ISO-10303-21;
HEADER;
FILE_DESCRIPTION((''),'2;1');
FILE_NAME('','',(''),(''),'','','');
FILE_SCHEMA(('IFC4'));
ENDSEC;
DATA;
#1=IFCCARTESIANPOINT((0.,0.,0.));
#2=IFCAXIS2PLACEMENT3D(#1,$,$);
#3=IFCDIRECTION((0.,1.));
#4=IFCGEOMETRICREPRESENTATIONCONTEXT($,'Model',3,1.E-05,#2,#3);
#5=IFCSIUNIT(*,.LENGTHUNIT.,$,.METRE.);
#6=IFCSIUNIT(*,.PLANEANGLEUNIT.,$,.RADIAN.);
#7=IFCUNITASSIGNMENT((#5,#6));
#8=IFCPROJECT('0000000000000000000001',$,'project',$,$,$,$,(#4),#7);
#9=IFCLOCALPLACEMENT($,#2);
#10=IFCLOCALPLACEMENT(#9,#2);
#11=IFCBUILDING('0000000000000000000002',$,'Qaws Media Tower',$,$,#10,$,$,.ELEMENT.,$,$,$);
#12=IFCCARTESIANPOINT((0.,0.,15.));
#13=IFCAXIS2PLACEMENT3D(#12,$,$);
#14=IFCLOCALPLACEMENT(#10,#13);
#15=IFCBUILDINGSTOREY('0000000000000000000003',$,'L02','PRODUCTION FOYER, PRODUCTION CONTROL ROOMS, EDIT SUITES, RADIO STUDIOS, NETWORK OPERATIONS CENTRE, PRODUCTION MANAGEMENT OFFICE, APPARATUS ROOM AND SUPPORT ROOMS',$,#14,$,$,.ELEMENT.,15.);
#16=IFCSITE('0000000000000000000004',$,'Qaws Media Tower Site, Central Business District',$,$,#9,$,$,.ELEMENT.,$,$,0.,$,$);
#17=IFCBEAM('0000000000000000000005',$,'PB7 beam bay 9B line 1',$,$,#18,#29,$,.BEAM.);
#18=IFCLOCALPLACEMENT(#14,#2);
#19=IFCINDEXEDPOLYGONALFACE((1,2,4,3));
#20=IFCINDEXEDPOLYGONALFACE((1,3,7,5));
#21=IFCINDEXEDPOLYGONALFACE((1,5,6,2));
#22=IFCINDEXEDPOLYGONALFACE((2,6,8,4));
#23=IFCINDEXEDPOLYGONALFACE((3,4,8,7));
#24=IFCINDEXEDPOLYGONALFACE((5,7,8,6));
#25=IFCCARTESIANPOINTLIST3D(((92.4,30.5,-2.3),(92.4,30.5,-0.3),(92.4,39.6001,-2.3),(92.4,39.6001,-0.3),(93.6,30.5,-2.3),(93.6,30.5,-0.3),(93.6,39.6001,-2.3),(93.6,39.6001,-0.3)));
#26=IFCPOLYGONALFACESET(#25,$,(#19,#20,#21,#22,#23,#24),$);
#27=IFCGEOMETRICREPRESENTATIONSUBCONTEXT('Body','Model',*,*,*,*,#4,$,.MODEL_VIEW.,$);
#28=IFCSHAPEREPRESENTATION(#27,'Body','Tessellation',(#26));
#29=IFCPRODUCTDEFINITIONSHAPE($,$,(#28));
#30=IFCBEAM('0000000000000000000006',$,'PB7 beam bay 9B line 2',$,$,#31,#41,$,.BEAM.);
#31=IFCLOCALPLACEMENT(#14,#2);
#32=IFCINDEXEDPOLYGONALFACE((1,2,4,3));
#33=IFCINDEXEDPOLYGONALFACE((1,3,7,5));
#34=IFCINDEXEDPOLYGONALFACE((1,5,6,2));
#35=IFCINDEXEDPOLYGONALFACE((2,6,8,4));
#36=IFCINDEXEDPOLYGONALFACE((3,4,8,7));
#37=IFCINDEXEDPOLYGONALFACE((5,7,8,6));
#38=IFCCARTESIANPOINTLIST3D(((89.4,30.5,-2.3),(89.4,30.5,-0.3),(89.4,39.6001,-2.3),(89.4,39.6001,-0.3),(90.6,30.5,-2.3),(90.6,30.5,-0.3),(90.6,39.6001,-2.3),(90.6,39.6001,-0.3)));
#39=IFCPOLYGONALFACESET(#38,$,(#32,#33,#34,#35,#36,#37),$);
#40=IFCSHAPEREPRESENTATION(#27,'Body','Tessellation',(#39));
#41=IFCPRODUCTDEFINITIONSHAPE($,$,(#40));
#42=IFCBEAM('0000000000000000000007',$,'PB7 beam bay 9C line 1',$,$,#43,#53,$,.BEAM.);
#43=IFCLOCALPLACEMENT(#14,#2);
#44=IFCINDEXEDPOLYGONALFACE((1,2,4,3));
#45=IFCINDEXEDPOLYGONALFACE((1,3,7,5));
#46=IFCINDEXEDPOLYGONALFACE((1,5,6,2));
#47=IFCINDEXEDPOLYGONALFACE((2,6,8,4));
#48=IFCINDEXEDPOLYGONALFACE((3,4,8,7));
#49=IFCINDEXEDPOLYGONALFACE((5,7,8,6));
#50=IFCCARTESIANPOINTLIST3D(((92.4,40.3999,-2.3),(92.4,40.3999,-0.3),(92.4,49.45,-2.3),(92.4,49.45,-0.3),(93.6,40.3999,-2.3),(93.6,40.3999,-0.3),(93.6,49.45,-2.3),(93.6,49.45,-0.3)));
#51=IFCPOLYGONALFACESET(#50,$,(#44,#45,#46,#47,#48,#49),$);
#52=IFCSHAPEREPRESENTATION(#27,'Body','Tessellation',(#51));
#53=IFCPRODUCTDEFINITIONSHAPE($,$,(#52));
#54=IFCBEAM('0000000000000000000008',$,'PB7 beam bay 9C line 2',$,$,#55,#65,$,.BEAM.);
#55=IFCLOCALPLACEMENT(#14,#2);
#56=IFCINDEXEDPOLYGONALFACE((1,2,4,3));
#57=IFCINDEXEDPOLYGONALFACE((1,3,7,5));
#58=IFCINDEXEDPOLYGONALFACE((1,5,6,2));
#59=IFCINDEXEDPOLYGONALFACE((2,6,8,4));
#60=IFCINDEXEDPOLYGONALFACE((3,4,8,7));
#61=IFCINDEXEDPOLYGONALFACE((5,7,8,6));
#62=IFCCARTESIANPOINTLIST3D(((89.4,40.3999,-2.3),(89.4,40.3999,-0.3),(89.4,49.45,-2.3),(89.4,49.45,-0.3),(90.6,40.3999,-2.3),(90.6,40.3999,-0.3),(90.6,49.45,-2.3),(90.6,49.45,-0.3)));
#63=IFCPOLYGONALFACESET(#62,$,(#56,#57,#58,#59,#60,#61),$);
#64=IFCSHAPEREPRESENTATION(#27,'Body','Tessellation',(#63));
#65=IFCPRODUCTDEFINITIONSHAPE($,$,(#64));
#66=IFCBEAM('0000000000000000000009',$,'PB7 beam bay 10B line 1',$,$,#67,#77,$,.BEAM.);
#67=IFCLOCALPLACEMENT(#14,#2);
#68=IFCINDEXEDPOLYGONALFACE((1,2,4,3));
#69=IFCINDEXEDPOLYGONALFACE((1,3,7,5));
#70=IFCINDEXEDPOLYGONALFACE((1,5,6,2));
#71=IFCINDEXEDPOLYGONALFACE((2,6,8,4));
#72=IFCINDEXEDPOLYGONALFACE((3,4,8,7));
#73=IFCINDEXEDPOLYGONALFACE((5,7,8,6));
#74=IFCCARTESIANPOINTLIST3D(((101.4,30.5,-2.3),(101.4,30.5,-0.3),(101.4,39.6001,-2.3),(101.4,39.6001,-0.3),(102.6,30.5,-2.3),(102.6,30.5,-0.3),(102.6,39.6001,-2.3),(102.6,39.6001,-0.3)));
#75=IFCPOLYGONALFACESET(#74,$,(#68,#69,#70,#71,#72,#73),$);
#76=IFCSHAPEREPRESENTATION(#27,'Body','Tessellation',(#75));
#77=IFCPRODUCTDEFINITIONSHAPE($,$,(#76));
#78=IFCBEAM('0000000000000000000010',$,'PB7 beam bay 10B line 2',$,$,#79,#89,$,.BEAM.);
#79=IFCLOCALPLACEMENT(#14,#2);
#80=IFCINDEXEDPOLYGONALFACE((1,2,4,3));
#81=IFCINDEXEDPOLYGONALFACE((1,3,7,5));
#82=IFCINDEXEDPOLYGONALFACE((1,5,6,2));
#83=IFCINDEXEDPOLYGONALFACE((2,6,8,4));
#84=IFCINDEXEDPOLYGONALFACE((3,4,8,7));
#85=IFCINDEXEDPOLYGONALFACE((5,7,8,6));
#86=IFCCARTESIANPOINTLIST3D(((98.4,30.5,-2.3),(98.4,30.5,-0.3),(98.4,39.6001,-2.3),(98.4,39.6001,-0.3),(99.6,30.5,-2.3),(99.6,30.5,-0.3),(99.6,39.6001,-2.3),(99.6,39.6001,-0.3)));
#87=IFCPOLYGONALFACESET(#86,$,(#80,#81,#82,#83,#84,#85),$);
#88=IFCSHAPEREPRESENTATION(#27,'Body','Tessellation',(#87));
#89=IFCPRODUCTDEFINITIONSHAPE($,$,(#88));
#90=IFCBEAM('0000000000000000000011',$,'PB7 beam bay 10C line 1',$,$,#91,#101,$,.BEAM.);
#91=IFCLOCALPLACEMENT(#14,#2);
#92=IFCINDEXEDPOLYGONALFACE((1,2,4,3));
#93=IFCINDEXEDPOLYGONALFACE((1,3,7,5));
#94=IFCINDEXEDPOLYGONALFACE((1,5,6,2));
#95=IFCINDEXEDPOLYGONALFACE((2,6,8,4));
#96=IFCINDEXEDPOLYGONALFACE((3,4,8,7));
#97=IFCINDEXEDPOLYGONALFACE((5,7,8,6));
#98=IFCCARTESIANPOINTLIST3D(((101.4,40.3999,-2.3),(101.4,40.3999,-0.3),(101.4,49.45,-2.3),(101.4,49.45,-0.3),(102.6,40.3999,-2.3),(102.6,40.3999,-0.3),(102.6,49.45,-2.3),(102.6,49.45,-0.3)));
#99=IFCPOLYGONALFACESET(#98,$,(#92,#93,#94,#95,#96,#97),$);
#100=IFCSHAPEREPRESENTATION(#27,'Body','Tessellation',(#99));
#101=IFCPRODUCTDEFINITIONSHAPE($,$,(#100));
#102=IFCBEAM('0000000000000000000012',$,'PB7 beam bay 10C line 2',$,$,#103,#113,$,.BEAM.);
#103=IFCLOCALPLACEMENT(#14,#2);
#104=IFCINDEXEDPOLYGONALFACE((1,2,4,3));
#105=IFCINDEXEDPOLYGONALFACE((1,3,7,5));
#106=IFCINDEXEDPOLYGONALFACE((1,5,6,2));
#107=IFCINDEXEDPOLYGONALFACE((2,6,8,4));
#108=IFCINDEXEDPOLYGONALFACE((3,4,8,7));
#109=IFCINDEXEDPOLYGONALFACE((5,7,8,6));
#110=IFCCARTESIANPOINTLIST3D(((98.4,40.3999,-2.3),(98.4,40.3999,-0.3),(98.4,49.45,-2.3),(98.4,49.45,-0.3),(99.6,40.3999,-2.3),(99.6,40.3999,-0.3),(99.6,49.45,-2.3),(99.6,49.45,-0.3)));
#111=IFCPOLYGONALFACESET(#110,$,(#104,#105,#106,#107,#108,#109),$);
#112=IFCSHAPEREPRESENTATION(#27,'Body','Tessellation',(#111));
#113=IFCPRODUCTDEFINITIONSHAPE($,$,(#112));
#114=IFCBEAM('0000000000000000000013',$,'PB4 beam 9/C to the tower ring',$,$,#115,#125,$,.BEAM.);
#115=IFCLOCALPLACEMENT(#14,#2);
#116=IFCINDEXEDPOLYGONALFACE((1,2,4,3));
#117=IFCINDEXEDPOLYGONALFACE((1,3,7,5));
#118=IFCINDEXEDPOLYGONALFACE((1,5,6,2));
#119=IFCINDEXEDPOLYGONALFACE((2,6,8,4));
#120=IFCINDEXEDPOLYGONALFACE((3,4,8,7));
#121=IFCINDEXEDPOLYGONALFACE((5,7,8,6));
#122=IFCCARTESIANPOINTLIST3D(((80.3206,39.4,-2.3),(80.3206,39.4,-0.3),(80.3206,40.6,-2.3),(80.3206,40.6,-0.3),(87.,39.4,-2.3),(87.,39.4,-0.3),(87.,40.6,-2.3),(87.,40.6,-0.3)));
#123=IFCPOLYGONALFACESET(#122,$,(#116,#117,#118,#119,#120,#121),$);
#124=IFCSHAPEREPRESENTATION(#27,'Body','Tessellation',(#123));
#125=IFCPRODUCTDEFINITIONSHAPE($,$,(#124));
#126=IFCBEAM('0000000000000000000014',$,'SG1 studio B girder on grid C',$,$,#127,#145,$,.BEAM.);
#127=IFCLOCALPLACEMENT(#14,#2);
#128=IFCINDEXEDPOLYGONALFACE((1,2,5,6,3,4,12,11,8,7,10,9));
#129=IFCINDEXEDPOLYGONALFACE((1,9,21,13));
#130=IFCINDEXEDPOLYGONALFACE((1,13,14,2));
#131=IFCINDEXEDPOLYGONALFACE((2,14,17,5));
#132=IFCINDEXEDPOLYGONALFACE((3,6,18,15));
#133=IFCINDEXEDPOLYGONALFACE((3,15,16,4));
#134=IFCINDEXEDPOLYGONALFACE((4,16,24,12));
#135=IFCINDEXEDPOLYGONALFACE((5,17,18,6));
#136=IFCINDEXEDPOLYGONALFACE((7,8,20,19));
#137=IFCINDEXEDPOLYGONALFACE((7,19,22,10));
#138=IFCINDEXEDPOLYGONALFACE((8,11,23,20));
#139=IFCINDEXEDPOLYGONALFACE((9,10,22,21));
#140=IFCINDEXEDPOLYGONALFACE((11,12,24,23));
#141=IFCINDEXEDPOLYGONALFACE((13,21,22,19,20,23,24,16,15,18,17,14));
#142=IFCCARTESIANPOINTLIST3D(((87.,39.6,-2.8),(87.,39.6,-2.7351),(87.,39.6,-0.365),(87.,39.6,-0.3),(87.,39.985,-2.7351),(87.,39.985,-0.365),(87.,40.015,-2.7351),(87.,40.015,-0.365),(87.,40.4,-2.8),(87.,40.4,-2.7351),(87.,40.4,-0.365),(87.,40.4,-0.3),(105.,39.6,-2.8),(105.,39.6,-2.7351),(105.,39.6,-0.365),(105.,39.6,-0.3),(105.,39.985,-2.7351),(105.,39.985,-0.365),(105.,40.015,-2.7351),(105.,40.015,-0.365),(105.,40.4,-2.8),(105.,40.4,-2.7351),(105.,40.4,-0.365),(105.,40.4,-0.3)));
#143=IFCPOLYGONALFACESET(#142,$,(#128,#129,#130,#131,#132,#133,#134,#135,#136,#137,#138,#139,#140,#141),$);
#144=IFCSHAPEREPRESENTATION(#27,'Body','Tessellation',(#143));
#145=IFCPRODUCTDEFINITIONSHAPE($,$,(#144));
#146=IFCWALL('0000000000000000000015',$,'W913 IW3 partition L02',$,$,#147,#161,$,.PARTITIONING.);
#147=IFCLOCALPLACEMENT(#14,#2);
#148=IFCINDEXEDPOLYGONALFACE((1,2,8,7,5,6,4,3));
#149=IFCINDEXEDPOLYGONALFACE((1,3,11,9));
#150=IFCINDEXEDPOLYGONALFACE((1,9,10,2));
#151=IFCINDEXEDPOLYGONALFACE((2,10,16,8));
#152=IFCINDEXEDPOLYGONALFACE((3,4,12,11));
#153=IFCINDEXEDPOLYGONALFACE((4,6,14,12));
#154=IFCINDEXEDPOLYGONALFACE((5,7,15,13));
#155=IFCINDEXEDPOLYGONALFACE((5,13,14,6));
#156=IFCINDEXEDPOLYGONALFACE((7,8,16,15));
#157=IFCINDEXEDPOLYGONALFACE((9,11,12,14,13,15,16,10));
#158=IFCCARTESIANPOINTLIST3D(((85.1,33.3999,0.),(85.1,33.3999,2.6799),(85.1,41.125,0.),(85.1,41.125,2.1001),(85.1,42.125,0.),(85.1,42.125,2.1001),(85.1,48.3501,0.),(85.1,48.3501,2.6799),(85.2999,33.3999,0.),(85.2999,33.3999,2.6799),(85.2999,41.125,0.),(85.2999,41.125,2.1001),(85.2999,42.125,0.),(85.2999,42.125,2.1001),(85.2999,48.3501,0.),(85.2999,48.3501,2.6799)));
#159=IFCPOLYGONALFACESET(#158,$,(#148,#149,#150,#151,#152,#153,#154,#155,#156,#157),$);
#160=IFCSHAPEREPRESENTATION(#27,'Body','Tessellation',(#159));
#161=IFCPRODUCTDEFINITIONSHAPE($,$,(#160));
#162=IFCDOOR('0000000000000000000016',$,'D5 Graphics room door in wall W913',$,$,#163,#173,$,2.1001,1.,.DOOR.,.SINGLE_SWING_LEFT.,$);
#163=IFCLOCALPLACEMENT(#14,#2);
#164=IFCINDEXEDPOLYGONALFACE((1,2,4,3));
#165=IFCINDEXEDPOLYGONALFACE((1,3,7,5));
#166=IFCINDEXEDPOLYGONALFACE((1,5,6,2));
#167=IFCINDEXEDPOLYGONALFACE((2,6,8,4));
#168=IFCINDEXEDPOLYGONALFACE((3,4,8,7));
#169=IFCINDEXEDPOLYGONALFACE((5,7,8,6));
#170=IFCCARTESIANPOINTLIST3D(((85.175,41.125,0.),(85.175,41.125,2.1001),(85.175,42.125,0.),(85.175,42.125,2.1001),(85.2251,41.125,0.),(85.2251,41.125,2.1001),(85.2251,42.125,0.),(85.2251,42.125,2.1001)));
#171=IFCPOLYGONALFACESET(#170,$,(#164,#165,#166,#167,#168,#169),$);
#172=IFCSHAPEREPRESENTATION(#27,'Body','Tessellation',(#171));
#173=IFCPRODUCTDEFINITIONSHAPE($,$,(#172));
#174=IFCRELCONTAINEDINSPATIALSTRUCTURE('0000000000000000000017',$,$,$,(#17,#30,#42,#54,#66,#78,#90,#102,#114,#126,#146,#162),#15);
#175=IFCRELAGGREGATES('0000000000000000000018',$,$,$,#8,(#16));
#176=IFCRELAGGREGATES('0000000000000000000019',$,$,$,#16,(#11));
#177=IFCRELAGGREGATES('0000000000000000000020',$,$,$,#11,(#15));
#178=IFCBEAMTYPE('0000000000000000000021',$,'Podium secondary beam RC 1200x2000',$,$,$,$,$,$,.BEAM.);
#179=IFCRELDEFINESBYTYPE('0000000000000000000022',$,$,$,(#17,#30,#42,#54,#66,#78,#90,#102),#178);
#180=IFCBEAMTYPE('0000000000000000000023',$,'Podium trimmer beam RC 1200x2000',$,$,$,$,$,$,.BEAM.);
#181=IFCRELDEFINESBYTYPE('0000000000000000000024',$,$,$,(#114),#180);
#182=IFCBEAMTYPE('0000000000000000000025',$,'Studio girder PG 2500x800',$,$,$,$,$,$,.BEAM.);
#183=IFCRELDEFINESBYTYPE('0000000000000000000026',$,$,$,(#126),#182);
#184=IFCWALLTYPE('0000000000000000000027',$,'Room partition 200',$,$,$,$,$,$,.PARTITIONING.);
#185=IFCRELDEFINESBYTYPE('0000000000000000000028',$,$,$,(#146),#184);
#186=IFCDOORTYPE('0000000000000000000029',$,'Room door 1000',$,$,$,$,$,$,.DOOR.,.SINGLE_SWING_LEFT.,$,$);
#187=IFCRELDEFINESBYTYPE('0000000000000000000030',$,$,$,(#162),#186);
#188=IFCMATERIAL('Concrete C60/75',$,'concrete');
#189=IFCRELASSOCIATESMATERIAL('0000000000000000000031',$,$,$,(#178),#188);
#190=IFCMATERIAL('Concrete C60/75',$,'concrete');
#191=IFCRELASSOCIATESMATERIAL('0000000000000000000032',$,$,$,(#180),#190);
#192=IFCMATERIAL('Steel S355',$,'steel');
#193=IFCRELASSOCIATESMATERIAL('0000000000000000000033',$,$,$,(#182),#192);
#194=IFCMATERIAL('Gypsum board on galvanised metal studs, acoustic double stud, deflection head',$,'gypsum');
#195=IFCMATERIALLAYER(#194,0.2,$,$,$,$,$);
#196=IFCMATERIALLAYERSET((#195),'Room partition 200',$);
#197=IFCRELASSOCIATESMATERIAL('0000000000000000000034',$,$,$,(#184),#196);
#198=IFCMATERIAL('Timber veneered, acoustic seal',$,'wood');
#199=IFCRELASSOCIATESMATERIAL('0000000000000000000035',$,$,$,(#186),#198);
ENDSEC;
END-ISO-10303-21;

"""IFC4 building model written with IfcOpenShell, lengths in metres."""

from ifc_helpers import new_model, si_unit, direction, frame, frame_2d, origin, origin_2d, place, context, subcontext, project, spatial, rectangle, i_section, extrude, material, layer, layer_set, material_profile, profile_set, type_object, element, fill, save


model = new_model("IFC4")

# Units and contexts
model_context = context("Model", 3, precision=1e-05, world=origin(), true_north=direction((0.0, 1.0)))
body_context = subcontext(model_context, "Body", "Model", "MODEL_VIEW")
ifc_project = project(units=[si_unit("LENGTHUNIT", "METRE"), si_unit("PLANEANGLEUNIT", "RADIAN")], contexts=[model_context])

# Site, building, storey
site_placement = place(None, origin())
site = spatial("IfcSite", under=ifc_project, at=site_placement, Name="Qaws Media Tower Site, Central Business District", CompositionType="ELEMENT", RefElevation=0.0)
building_placement = place(site_placement, origin())
building = spatial("IfcBuilding", under=site, at=building_placement, Name="Qaws Media Tower", CompositionType="ELEMENT")
storey_placement = place(building_placement, frame((0.0, 0.0, 15.0)))
storey = spatial("IfcBuildingStorey", under=building, at=storey_placement, Name="L02", Description="PRODUCTION FOYER, PRODUCTION CONTROL ROOMS, EDIT SUITES, RADIO STUDIOS, NETWORK OPERATIONS CENTRE, PRODUCTION MANAGEMENT OFFICE, APPARATUS ROOM AND SUPPORT ROOMS", CompositionType="ELEMENT", Elevation=15.0)

# Beams
ifc_material_1 = material(Name="Concrete C60/75", Category="concrete")
ifc_material_profile_1 = material_profile(ifc_material_1, rectangle(XDim=1.2, YDim=2.0, at=origin_2d()), Name="RC 1200x2000")
ifc_profile_set_1 = profile_set([ifc_material_profile_1], Name="Concrete C60/75")
beam_type_1 = type_object("IfcBeamType", Name="Podium secondary beam RC 1200x2000", PredefinedType="BEAM", material=ifc_profile_set_1)
for number, where, z_axis, x_axis, name in (
    (1, (93.0, 30.5, -1.3), (0.0, 1.0, 0.0), (-1.0, 0.0, 0.0), "PB7 beam bay 9B line 1"),
    (2, (90.0, 30.5, -1.3), (0.0, 1.0, 0.0), (-1.0, 0.0, 0.0), "PB7 beam bay 9B line 2"),
):
    element("IfcBeam", number, at=place(storey_placement, frame(where, z_axis=z_axis, x_axis=x_axis)), inside=storey, type_object=beam_type_1, Name=name, PredefinedType="BEAM", context=body_context, shape_type="SweptSolid", body=[
        extrude(rectangle(XDim=1.2, YDim=2.0, at=origin_2d()), origin(), (0.0, 0.0, 1.0), 9.1001),
    ])
for number, where, z_axis, x_axis, name in (
    (3, (93.0, 40.3999, -1.3), (0.0, 1.0, 0.0), (-1.0, 0.0, 0.0), "PB7 beam bay 9C line 1"),
    (4, (90.0, 40.3999, -1.3), (0.0, 1.0, 0.0), (-1.0, 0.0, 0.0), "PB7 beam bay 9C line 2"),
):
    element("IfcBeam", number, at=place(storey_placement, frame(where, z_axis=z_axis, x_axis=x_axis)), inside=storey, type_object=beam_type_1, Name=name, PredefinedType="BEAM", context=body_context, shape_type="SweptSolid", body=[
        extrude(rectangle(XDim=1.2, YDim=2.0, at=origin_2d()), origin(), (0.0, 0.0, 1.0), 9.05),
    ])
for number, where, z_axis, x_axis, name in (
    (5, (102.0, 30.5, -1.3), (0.0, 1.0, 0.0), (-1.0, 0.0, 0.0), "PB7 beam bay 10B line 1"),
    (6, (99.0, 30.5, -1.3), (0.0, 1.0, 0.0), (-1.0, 0.0, 0.0), "PB7 beam bay 10B line 2"),
):
    element("IfcBeam", number, at=place(storey_placement, frame(where, z_axis=z_axis, x_axis=x_axis)), inside=storey, type_object=beam_type_1, Name=name, PredefinedType="BEAM", context=body_context, shape_type="SweptSolid", body=[
        extrude(rectangle(XDim=1.2, YDim=2.0, at=origin_2d()), origin(), (0.0, 0.0, 1.0), 9.1001),
    ])
for number, where, z_axis, x_axis, name in (
    (7, (102.0, 40.3999, -1.3), (0.0, 1.0, 0.0), (-1.0, 0.0, 0.0), "PB7 beam bay 10C line 1"),
    (8, (99.0, 40.3999, -1.3), (0.0, 1.0, 0.0), (-1.0, 0.0, 0.0), "PB7 beam bay 10C line 2"),
):
    element("IfcBeam", number, at=place(storey_placement, frame(where, z_axis=z_axis, x_axis=x_axis)), inside=storey, type_object=beam_type_1, Name=name, PredefinedType="BEAM", context=body_context, shape_type="SweptSolid", body=[
        extrude(rectangle(XDim=1.2, YDim=2.0, at=origin_2d()), origin(), (0.0, 0.0, 1.0), 9.05),
    ])
ifc_material_2 = material(Name="Concrete C60/75", Category="concrete")
ifc_material_profile_2 = material_profile(ifc_material_2, rectangle(XDim=1.2, YDim=2.0, at=origin_2d()), Name="RC 1200x2000")
ifc_profile_set_2 = profile_set([ifc_material_profile_2], Name="Concrete C60/75")
beam_type_2 = type_object("IfcBeamType", Name="Podium trimmer beam RC 1200x2000", PredefinedType="BEAM", material=ifc_profile_set_2)
beam_1_placement = place(storey_placement, frame((87.0, 40.0, -1.3), z_axis=(-1.0, 0.0, 0.0), x_axis=(0.0, -1.0, 0.0)))
element("IfcBeam", 9, at=beam_1_placement, inside=storey, type_object=beam_type_2, Name="PB4 beam 9/C to the tower ring", PredefinedType="BEAM", context=body_context, shape_type="SweptSolid", body=[
    extrude(rectangle(XDim=1.2, YDim=2.0, at=origin_2d()), origin(), (0.0, 0.0, 1.0), 6.6794),
])
ifc_material_3 = material(Name="Steel S355", Category="steel")
ifc_material_profile_3 = material_profile(ifc_material_3, i_section(OverallWidth=0.8, OverallDepth=2.5, WebThickness=0.03, FlangeThickness=0.0649, at=origin_2d()), Name="PG 2500x800")
ifc_profile_set_3 = profile_set([ifc_material_profile_3], Name="Steel S355")
beam_type_3 = type_object("IfcBeamType", Name="Studio girder PG 2500x800", PredefinedType="BEAM", material=ifc_profile_set_3)
beam_2_placement = place(storey_placement, frame((87.0, 40.0, -1.55), z_axis=(1.0, 0.0, 0.0), x_axis=(0.0, 1.0, 0.0)))
element("IfcBeam", 10, at=beam_2_placement, inside=storey, type_object=beam_type_3, Name="SG1 studio B girder on grid C", PredefinedType="BEAM", context=body_context, shape_type="SweptSolid", body=[
    extrude(i_section(OverallWidth=0.8, OverallDepth=2.5, WebThickness=0.03, FlangeThickness=0.0649, at=origin_2d()), origin(), (0.0, 0.0, 1.0), 18.0),
])

# Wall, opening, door
ifc_material_4 = material(Name="Gypsum board on galvanised metal studs, acoustic double stud, deflection head", Category="gypsum")
ifc_layer = layer(ifc_material_4, 0.2)
ifc_layer_set = layer_set([ifc_layer], Name="Room partition 200")
wall_type = type_object("IfcWallType", Name="Room partition 200", PredefinedType="PARTITIONING", material=ifc_layer_set)
wall_1_placement = place(storey_placement, frame((85.2, 33.3999, 0.0), z_axis=(0.0, 0.0, 1.0), x_axis=(0.0, 1.0, 0.0)))
wall_1 = element("IfcWall", 11, at=wall_1_placement, inside=storey, type_object=wall_type, Name="W913 IW3 partition L02", PredefinedType="PARTITIONING", context=body_context, shape_type="SweptSolid", body=[
    extrude(rectangle(XDim=14.9502, YDim=0.2, at=frame_2d((7.4751, 0.0))), origin(), (0.0, 0.0, 1.0), 2.6799),
])
opening_1_placement = place(wall_1_placement, frame((7.7251, 0.0, 0.0)))
opening_1 = element("IfcOpeningElement", 12, at=opening_1_placement, cuts=wall_1, PredefinedType="OPENING", context=body_context, shape_type="SweptSolid", body=[
    extrude(rectangle(XDim=1.0, YDim=2.1001, at=frame_2d((0.5, 1.05))), frame((0.0, 0.1099, 0.0), z_axis=(0.0, -1.0, 0.0), x_axis=(1.0, 0.0, 0.0)), (0.0, 0.0, 1.0), 0.22),
])
ifc_material_5 = material(Name="Timber veneered, acoustic seal", Category="wood")
door_type_1 = type_object("IfcDoorType", Name="Room door 1000", OperationType="SINGLE_SWING_LEFT", PredefinedType="DOOR", material=ifc_material_5)
door_1_placement = place(opening_1_placement, origin())
door_1 = element("IfcDoor", 13, at=door_1_placement, inside=storey, type_object=door_type_1, Name="D5 Graphics room door in wall W913", OperationType="SINGLE_SWING_LEFT", OverallHeight=2.1001, OverallWidth=1.0, PredefinedType="DOOR", context=body_context, shape_type="SweptSolid", body=[
    extrude(rectangle(XDim=1.0, YDim=2.1001, at=frame_2d((0.5, 1.05))), frame((0.0, 0.0249, 0.0), z_axis=(0.0, -1.0, 0.0), x_axis=(1.0, 0.0, 0.0)), (0.0, 0.0, 1.0), 0.05),
])
fill(opening_1, door_1)

save(model, "model.ifc")
